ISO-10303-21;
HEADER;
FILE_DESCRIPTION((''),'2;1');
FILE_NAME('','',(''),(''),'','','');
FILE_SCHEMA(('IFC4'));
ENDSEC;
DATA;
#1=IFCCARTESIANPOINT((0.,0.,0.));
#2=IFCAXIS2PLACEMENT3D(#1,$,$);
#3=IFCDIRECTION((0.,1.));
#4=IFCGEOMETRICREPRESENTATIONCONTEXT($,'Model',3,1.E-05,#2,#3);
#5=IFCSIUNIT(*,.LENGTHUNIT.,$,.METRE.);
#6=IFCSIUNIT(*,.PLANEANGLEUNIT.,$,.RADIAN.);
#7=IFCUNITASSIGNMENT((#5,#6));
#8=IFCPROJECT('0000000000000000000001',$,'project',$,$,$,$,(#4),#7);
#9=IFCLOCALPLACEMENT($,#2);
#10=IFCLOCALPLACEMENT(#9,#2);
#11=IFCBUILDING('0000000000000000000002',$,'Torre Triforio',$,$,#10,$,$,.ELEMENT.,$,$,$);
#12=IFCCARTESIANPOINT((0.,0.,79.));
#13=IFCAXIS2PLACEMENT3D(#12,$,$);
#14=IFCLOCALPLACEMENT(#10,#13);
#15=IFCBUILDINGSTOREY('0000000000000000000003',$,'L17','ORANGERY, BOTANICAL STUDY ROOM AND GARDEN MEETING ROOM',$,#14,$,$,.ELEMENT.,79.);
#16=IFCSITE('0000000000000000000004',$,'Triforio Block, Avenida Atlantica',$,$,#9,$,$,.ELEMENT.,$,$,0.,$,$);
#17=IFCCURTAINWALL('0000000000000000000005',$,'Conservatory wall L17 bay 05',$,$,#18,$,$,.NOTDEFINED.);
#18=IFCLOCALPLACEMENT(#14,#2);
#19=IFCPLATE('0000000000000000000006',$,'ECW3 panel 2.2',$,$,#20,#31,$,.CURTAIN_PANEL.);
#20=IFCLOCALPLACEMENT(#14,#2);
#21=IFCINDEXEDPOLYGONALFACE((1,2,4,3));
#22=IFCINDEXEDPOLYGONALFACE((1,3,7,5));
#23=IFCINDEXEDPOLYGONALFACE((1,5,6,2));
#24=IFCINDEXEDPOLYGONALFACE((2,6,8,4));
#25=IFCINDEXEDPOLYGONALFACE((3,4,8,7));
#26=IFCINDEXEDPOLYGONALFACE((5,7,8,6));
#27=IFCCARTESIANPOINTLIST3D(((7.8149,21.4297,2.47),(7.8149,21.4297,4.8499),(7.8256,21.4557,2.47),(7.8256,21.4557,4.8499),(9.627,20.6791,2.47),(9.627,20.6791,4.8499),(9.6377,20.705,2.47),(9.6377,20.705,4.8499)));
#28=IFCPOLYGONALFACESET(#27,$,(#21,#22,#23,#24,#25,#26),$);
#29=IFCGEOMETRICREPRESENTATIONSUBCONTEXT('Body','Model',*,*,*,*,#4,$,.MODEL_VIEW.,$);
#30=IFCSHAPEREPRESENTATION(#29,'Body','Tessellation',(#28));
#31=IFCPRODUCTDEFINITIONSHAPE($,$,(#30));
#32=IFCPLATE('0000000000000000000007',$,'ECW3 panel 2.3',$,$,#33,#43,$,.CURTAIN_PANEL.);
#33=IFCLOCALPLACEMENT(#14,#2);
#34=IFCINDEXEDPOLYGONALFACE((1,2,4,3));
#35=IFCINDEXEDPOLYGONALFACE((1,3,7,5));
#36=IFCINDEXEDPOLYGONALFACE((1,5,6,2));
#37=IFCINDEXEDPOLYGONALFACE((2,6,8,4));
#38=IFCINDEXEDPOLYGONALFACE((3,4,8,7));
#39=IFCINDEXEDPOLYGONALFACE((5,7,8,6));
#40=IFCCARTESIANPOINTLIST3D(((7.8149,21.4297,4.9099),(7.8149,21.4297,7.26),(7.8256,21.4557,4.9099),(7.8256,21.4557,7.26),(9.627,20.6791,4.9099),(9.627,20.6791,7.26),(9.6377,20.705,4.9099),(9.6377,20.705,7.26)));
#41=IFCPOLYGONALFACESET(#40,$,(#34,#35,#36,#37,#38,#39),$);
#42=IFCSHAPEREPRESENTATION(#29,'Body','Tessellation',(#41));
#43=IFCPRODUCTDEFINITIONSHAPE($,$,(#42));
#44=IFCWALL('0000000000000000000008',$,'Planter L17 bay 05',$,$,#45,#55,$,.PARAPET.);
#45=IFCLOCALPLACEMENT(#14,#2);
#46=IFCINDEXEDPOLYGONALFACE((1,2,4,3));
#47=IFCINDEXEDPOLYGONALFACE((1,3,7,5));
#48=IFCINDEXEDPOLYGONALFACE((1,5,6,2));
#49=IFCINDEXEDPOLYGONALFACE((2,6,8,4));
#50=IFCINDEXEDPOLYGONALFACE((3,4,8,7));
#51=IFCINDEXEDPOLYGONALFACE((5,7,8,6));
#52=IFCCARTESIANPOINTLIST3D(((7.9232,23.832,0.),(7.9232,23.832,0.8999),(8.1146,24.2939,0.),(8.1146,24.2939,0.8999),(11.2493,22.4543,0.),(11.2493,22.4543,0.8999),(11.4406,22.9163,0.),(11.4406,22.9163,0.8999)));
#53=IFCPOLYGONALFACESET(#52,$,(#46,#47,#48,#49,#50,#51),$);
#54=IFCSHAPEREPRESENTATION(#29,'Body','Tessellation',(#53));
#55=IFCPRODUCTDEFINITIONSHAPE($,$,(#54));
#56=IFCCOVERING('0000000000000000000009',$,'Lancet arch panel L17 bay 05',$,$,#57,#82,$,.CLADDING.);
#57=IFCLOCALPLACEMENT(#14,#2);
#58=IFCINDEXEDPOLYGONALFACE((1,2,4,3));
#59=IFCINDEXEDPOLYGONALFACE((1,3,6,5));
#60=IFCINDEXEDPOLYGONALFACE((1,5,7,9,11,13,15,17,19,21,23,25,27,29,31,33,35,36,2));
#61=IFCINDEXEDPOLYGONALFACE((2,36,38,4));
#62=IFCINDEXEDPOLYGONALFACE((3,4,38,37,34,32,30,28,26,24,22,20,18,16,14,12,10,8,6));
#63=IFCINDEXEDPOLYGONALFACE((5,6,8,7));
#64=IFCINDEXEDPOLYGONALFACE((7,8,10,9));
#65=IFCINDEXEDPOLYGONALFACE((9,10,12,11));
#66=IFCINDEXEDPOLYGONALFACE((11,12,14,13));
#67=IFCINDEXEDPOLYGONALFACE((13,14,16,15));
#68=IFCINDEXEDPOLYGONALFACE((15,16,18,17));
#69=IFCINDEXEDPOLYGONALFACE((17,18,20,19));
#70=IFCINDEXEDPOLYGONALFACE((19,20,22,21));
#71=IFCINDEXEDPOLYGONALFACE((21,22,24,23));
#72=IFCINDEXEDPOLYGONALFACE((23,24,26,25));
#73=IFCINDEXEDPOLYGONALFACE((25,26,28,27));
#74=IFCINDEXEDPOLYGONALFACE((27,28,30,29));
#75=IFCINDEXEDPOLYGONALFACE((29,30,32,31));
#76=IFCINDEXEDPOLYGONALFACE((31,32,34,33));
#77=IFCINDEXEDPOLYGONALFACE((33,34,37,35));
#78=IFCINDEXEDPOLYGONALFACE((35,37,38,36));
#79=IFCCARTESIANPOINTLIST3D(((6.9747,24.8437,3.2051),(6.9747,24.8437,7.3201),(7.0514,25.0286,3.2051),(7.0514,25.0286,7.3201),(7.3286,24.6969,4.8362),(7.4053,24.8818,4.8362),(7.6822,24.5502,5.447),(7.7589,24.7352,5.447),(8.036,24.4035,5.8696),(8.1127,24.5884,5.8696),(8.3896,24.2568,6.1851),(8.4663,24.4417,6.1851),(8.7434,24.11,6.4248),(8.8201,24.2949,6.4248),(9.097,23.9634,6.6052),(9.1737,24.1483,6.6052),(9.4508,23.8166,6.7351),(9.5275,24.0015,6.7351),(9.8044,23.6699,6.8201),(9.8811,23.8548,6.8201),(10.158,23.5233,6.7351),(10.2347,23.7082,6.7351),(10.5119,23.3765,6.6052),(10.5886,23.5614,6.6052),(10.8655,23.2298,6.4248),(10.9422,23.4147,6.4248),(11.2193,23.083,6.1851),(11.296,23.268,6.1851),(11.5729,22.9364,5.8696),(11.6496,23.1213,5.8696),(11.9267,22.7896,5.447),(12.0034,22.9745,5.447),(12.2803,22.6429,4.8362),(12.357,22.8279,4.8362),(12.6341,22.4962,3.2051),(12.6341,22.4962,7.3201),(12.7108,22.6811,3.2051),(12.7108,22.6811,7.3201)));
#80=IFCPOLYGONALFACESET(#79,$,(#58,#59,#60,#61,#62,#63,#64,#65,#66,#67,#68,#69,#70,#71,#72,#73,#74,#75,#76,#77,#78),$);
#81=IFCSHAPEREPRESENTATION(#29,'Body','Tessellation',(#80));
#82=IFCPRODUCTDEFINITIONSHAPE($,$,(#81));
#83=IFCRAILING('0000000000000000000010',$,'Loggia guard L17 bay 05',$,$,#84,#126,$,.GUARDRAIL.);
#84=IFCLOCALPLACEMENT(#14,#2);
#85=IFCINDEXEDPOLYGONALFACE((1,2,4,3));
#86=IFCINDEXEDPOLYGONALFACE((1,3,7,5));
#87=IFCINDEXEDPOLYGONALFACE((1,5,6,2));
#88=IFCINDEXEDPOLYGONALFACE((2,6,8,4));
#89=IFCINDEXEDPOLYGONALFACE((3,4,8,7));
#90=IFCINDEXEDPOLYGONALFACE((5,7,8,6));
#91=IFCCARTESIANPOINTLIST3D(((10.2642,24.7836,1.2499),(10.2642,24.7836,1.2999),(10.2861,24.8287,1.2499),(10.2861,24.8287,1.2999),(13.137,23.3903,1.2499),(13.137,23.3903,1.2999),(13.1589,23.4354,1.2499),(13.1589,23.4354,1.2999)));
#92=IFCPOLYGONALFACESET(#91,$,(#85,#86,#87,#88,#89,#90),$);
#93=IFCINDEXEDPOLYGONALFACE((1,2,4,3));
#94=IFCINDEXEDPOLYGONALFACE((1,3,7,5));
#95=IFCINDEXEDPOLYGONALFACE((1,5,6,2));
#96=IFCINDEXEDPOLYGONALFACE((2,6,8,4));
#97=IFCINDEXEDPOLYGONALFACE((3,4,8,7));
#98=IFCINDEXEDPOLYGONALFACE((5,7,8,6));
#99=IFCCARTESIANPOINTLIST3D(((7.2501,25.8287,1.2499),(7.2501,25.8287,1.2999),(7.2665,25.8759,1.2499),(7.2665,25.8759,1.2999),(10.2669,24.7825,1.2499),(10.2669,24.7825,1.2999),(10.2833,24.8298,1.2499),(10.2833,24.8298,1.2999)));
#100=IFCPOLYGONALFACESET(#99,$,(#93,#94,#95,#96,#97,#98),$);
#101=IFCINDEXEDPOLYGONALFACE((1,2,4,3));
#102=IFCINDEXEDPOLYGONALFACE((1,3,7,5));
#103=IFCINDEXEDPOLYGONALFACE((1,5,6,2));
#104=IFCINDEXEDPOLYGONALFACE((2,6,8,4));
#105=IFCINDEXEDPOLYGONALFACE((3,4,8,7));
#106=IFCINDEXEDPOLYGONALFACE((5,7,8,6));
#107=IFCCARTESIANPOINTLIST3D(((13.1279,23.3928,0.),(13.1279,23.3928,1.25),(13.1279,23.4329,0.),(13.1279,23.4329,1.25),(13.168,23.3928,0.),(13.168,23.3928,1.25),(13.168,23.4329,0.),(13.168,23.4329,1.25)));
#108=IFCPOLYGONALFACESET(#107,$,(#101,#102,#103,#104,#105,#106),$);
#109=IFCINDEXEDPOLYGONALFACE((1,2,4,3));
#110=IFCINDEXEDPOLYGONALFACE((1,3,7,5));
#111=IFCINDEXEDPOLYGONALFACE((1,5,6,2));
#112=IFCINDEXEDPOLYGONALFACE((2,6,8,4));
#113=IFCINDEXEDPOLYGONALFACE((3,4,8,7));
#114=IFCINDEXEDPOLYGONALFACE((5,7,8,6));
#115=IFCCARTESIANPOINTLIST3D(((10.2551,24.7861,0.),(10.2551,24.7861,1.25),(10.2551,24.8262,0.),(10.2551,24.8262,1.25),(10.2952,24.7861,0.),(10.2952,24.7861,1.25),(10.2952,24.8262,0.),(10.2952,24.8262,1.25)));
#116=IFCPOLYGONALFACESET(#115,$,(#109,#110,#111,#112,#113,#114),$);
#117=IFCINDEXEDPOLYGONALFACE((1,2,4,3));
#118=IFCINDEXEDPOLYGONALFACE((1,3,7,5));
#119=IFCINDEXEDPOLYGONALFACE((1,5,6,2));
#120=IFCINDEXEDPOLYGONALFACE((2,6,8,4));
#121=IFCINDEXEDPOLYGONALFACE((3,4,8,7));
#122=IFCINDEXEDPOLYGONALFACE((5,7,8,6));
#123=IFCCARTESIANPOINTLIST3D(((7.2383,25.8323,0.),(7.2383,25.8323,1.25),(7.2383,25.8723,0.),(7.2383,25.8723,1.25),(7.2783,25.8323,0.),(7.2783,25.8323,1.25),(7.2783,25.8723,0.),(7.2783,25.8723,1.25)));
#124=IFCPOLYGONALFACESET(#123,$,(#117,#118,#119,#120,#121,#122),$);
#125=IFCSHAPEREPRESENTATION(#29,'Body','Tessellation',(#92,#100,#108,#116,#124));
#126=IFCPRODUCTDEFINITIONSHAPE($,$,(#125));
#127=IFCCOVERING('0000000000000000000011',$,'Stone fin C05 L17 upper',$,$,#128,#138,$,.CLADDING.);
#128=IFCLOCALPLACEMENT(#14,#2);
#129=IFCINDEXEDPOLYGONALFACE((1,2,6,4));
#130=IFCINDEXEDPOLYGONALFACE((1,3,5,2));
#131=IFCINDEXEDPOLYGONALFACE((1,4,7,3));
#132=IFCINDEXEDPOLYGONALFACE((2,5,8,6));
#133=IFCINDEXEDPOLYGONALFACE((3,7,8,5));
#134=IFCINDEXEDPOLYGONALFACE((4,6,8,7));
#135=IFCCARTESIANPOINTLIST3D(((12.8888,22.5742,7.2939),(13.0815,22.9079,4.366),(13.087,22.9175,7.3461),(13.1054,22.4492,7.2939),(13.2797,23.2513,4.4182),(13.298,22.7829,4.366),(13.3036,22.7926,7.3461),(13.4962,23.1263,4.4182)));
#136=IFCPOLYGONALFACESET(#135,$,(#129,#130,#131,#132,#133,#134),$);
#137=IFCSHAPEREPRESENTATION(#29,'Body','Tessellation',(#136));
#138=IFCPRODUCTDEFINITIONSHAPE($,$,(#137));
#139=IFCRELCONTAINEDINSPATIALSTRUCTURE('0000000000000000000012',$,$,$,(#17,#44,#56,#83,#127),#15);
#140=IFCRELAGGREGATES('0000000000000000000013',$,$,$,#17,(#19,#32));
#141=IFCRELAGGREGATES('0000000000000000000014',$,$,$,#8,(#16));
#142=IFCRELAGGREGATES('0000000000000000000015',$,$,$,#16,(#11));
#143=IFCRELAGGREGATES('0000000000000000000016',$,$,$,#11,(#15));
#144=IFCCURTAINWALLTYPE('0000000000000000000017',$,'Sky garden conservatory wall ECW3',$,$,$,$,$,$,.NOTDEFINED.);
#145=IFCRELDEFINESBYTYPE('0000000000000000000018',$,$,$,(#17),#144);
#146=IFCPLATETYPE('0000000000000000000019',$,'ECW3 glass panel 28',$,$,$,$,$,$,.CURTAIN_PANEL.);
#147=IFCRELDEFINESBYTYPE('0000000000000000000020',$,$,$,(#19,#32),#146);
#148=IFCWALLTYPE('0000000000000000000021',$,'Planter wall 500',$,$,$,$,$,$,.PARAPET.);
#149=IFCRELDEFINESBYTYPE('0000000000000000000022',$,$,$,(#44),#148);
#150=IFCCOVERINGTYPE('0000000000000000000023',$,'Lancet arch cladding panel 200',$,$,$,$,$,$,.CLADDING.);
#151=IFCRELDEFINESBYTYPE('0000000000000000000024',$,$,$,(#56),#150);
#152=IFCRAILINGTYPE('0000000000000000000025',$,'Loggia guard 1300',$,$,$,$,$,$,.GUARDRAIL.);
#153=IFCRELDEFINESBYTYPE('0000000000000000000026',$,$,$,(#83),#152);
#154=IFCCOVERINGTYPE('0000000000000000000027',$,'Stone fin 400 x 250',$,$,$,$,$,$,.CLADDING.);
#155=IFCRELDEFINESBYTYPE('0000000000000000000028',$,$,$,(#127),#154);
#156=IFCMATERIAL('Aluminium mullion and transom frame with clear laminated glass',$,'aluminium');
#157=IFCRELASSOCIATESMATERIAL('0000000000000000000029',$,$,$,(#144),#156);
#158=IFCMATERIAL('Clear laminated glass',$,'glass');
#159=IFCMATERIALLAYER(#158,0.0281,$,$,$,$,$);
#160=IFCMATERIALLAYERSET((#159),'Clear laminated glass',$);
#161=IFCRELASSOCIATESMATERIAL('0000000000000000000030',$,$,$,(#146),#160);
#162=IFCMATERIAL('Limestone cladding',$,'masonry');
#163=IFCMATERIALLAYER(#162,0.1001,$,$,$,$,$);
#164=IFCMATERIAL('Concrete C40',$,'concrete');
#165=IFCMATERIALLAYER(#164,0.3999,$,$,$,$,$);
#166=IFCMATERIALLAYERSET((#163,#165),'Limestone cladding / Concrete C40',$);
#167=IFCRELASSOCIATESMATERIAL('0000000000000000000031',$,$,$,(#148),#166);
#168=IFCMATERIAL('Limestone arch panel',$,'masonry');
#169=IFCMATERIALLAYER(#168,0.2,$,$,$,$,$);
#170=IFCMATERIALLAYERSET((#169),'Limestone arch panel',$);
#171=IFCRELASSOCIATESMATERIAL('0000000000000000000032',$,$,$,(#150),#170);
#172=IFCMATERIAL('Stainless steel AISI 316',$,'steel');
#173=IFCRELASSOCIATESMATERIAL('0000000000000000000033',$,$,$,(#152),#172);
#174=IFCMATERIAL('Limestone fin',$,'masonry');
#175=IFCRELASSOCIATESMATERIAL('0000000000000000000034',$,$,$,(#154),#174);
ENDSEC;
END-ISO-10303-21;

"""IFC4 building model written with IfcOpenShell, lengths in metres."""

from ifc_helpers import new_model, si_unit, direction, frame, frame_2d, origin, origin_2d, place, context, subcontext, project, spatial, polyline, rectangle, outline, extrude, material, layer, layer_set, material_profile, profile_set, type_object, element, aggregate, save


model = new_model("IFC4")

# Units and contexts
model_context = context("Model", 3, precision=1e-05, world=origin(), true_north=direction((0.0, 1.0)))
body_context = subcontext(model_context, "Body", "Model", "MODEL_VIEW")
ifc_project = project(units=[si_unit("LENGTHUNIT", "METRE"), si_unit("PLANEANGLEUNIT", "RADIAN")], contexts=[model_context])

# Site, building, storey
site_placement = place(None, origin())
site = spatial("IfcSite", under=ifc_project, at=site_placement, Name="Triforio Block, Avenida Atlantica", CompositionType="ELEMENT", RefElevation=0.0)
building_placement = place(site_placement, origin())
building = spatial("IfcBuilding", under=site, at=building_placement, Name="Torre Triforio", CompositionType="ELEMENT")
storey_placement = place(building_placement, frame((0.0, 0.0, 79.0)))
storey = spatial("IfcBuildingStorey", under=building, at=storey_placement, Name="L17", Description="ORANGERY, BOTANICAL STUDY ROOM AND GARDEN MEETING ROOM", CompositionType="ELEMENT", Elevation=79.0)

# Curtain wall
ifc_material_1 = material(Name="Aluminium mullion and transom frame with clear laminated glass", Category="aluminium")
curtain_wall_type = type_object("IfcCurtainWallType", Name="Sky garden conservatory wall ECW3", PredefinedType="NOTDEFINED", material=ifc_material_1)
curtain_wall_placement = place(storey_placement, origin())
curtain_wall = element("IfcCurtainWall", 1, at=curtain_wall_placement, inside=storey, type_object=curtain_wall_type, Name="Conservatory wall L17 bay 05", PredefinedType="NOTDEFINED")

# Plates
ifc_material_2 = material(Name="Clear laminated glass", Category="glass")
ifc_layer_1 = layer(ifc_material_2, 0.0281)
ifc_layer_set_1 = layer_set([ifc_layer_1], Name="Clear laminated glass")
plate_type = type_object("IfcPlateType", Name="ECW3 glass panel 28", PredefinedType="CURTAIN_PANEL", material=ifc_layer_set_1)
plate_1_placement = place(storey_placement, frame((8.7263, 21.0674, 2.47), z_axis=(0.0, 0.0, 1.0), x_axis=(-0.923878, 0.382687, 0.0)))
plate_1 = element("IfcPlate", 2, at=plate_1_placement, type_object=plate_type, Name="ECW3 panel 2.2", PredefinedType="CURTAIN_PANEL", context=body_context, shape_type="SweptSolid", body=[
    extrude(rectangle(XDim=1.9614, YDim=0.0281, at=origin_2d()), origin(), (0.0, 0.0, 1.0), 2.3799),
])
plate_2_placement = place(storey_placement, frame((8.7263, 21.0674, 4.9099), z_axis=(0.0, 0.0, 1.0), x_axis=(-0.923878, 0.382687, 0.0)))
plate_2 = element("IfcPlate", 3, at=plate_2_placement, type_object=plate_type, Name="ECW3 panel 2.3", PredefinedType="CURTAIN_PANEL", context=body_context, shape_type="SweptSolid", body=[
    extrude(rectangle(XDim=1.9614, YDim=0.0281, at=origin_2d()), origin(), (0.0, 0.0, 1.0), 2.3501),
])
aggregate(curtain_wall, [plate_1, plate_2])

# Wall
ifc_material_3 = material(Name="Limestone cladding", Category="masonry")
ifc_layer_2 = layer(ifc_material_3, 0.1001)
ifc_material_4 = material(Name="Concrete C40", Category="concrete")
ifc_layer_3 = layer(ifc_material_4, 0.3999)
ifc_layer_set_2 = layer_set([ifc_layer_2, ifc_layer_3], Name="Limestone cladding / Concrete C40")
wall_type = type_object("IfcWallType", Name="Planter wall 500", PredefinedType="PARAPET", material=ifc_layer_set_2)
wall_placement = place(storey_placement, frame((11.345, 22.6853, 0.0), z_axis=(0.0, 0.0, 1.0), x_axis=(-0.923885, 0.382669, 0.0)))
element("IfcWall", 4, at=wall_placement, inside=storey, type_object=wall_type, Name="Planter L17 bay 05", PredefinedType="PARAPET", context=body_context, shape_type="SweptSolid", body=[
    extrude(rectangle(XDim=3.6001, YDim=0.5, at=frame_2d((1.8, 0.0))), origin(), (0.0, 0.0, 1.0), 0.8999),
])

# Covering
ifc_material_5 = material(Name="Limestone arch panel", Category="masonry")
ifc_layer_4 = layer(ifc_material_5, 0.2)
ifc_layer_set_3 = layer_set([ifc_layer_4], Name="Limestone arch panel")
covering_type_1 = type_object("IfcCoveringType", Name="Lancet arch cladding panel 200", PredefinedType="CLADDING", material=ifc_layer_set_3)
covering_1_placement = place(storey_placement, frame((9.8044, 23.6699, 0.0), z_axis=(0.383142, 0.923689, 0.0), x_axis=(-0.923689, 0.383142, 0.0)))
element("IfcCovering", 5, at=covering_1_placement, inside=storey, type_object=covering_type_1, Name="Lancet arch panel L17 bay 05", PredefinedType="CLADDING", context=body_context, shape_type="SweptSolid", body=[
    extrude(outline(polyline([(-3.0635, 7.3201), (-3.0635, 3.2051), (-2.6804, 4.8362), (-2.2976, 5.447), (-1.9146, 5.8696), (-1.5317, 6.1851), (-1.1487, 6.4248), (-0.7659, 6.6052), (-0.3828, 6.7351), (0.0, 6.8201), (0.3828, 6.7351), (0.7659, 6.6052), (1.1487, 6.4248), (1.5317, 6.1851), (1.9146, 5.8696), (2.2976, 5.447), (2.6804, 4.8362), (3.0635, 3.2051), (3.0635, 7.3201), (-3.0635, 7.3201)])), origin(), (0.0, 0.0, 1.0), 0.2002),
])

# Railing
ifc_material_6 = material(Name="Stainless steel AISI 316", Category="steel")
railing_type = type_object("IfcRailingType", Name="Loggia guard 1300", PredefinedType="GUARDRAIL", material=ifc_material_6)
railing_placement = place(storey_placement, frame((13.1479, 23.4128, 0.0)))
element("IfcRailing", 6, at=railing_placement, inside=storey, type_object=railing_type, Name="Loggia guard L17 bay 05", PredefinedType="GUARDRAIL", context=body_context, shape_type="SweptSolid", body=[
    extrude(rectangle(XDim=0.05, YDim=0.05, at=origin_2d()), frame((0.0, 0.0, 1.2749), z_axis=(-0.89976, 0.436384, 0.0), x_axis=(-0.436384, -0.89976, 0.0)), (0.0, 0.0, 1.0), 3.1929),
    extrude(rectangle(XDim=0.05, YDim=0.05, at=origin_2d()), frame((-2.8728, 1.3933, 1.2749), z_axis=(-0.944807, 0.327628, 0.0), x_axis=(-0.327628, -0.944807, 0.0)), (0.0, 0.0, 1.0), 3.1931),
    extrude(rectangle(XDim=0.04, YDim=0.04, at=origin_2d()), origin(), (0.0, 0.0, 1.0), 1.25),
    extrude(rectangle(XDim=0.04, YDim=0.04, at=origin_2d()), frame((-2.8728, 1.3933, 0.0)), (0.0, 0.0, 1.0), 1.25),
    extrude(rectangle(XDim=0.04, YDim=0.04, at=origin_2d()), frame((-5.8896, 2.4395, 0.0)), (0.0, 0.0, 1.0), 1.25),
])

# Covering
ifc_material_7 = material(Name="Limestone fin", Category="masonry")
ifc_material_profile_1 = material_profile(ifc_material_7, rectangle(XDim=0.3999, YDim=0.25, at=origin_2d()), Name="FIN 400x250")
ifc_profile_set_1 = profile_set([ifc_material_profile_1], Name="Limestone fin")
covering_type_2 = type_object("IfcCoveringType", Name="Stone fin 400 x 250", PredefinedType="CLADDING", material=ifc_profile_set_1)
covering_2_placement = place(storey_placement, frame((13.2888, 23.0171, 4.3921), z_axis=(-0.065226, -0.113009, 0.991451), x_axis=(0.495613, 0.858686, 0.130481)))
element("IfcCovering", 7, at=covering_2_placement, inside=storey, type_object=covering_type_2, Name="Stone fin C05 L17 upper", PredefinedType="CLADDING", context=body_context, shape_type="SweptSolid", body=[
    extrude(rectangle(XDim=0.3999, YDim=0.25, at=origin_2d()), origin(), (0.0, 0.0, 1.0), 2.9531),
])

save(model, "model.ifc")
